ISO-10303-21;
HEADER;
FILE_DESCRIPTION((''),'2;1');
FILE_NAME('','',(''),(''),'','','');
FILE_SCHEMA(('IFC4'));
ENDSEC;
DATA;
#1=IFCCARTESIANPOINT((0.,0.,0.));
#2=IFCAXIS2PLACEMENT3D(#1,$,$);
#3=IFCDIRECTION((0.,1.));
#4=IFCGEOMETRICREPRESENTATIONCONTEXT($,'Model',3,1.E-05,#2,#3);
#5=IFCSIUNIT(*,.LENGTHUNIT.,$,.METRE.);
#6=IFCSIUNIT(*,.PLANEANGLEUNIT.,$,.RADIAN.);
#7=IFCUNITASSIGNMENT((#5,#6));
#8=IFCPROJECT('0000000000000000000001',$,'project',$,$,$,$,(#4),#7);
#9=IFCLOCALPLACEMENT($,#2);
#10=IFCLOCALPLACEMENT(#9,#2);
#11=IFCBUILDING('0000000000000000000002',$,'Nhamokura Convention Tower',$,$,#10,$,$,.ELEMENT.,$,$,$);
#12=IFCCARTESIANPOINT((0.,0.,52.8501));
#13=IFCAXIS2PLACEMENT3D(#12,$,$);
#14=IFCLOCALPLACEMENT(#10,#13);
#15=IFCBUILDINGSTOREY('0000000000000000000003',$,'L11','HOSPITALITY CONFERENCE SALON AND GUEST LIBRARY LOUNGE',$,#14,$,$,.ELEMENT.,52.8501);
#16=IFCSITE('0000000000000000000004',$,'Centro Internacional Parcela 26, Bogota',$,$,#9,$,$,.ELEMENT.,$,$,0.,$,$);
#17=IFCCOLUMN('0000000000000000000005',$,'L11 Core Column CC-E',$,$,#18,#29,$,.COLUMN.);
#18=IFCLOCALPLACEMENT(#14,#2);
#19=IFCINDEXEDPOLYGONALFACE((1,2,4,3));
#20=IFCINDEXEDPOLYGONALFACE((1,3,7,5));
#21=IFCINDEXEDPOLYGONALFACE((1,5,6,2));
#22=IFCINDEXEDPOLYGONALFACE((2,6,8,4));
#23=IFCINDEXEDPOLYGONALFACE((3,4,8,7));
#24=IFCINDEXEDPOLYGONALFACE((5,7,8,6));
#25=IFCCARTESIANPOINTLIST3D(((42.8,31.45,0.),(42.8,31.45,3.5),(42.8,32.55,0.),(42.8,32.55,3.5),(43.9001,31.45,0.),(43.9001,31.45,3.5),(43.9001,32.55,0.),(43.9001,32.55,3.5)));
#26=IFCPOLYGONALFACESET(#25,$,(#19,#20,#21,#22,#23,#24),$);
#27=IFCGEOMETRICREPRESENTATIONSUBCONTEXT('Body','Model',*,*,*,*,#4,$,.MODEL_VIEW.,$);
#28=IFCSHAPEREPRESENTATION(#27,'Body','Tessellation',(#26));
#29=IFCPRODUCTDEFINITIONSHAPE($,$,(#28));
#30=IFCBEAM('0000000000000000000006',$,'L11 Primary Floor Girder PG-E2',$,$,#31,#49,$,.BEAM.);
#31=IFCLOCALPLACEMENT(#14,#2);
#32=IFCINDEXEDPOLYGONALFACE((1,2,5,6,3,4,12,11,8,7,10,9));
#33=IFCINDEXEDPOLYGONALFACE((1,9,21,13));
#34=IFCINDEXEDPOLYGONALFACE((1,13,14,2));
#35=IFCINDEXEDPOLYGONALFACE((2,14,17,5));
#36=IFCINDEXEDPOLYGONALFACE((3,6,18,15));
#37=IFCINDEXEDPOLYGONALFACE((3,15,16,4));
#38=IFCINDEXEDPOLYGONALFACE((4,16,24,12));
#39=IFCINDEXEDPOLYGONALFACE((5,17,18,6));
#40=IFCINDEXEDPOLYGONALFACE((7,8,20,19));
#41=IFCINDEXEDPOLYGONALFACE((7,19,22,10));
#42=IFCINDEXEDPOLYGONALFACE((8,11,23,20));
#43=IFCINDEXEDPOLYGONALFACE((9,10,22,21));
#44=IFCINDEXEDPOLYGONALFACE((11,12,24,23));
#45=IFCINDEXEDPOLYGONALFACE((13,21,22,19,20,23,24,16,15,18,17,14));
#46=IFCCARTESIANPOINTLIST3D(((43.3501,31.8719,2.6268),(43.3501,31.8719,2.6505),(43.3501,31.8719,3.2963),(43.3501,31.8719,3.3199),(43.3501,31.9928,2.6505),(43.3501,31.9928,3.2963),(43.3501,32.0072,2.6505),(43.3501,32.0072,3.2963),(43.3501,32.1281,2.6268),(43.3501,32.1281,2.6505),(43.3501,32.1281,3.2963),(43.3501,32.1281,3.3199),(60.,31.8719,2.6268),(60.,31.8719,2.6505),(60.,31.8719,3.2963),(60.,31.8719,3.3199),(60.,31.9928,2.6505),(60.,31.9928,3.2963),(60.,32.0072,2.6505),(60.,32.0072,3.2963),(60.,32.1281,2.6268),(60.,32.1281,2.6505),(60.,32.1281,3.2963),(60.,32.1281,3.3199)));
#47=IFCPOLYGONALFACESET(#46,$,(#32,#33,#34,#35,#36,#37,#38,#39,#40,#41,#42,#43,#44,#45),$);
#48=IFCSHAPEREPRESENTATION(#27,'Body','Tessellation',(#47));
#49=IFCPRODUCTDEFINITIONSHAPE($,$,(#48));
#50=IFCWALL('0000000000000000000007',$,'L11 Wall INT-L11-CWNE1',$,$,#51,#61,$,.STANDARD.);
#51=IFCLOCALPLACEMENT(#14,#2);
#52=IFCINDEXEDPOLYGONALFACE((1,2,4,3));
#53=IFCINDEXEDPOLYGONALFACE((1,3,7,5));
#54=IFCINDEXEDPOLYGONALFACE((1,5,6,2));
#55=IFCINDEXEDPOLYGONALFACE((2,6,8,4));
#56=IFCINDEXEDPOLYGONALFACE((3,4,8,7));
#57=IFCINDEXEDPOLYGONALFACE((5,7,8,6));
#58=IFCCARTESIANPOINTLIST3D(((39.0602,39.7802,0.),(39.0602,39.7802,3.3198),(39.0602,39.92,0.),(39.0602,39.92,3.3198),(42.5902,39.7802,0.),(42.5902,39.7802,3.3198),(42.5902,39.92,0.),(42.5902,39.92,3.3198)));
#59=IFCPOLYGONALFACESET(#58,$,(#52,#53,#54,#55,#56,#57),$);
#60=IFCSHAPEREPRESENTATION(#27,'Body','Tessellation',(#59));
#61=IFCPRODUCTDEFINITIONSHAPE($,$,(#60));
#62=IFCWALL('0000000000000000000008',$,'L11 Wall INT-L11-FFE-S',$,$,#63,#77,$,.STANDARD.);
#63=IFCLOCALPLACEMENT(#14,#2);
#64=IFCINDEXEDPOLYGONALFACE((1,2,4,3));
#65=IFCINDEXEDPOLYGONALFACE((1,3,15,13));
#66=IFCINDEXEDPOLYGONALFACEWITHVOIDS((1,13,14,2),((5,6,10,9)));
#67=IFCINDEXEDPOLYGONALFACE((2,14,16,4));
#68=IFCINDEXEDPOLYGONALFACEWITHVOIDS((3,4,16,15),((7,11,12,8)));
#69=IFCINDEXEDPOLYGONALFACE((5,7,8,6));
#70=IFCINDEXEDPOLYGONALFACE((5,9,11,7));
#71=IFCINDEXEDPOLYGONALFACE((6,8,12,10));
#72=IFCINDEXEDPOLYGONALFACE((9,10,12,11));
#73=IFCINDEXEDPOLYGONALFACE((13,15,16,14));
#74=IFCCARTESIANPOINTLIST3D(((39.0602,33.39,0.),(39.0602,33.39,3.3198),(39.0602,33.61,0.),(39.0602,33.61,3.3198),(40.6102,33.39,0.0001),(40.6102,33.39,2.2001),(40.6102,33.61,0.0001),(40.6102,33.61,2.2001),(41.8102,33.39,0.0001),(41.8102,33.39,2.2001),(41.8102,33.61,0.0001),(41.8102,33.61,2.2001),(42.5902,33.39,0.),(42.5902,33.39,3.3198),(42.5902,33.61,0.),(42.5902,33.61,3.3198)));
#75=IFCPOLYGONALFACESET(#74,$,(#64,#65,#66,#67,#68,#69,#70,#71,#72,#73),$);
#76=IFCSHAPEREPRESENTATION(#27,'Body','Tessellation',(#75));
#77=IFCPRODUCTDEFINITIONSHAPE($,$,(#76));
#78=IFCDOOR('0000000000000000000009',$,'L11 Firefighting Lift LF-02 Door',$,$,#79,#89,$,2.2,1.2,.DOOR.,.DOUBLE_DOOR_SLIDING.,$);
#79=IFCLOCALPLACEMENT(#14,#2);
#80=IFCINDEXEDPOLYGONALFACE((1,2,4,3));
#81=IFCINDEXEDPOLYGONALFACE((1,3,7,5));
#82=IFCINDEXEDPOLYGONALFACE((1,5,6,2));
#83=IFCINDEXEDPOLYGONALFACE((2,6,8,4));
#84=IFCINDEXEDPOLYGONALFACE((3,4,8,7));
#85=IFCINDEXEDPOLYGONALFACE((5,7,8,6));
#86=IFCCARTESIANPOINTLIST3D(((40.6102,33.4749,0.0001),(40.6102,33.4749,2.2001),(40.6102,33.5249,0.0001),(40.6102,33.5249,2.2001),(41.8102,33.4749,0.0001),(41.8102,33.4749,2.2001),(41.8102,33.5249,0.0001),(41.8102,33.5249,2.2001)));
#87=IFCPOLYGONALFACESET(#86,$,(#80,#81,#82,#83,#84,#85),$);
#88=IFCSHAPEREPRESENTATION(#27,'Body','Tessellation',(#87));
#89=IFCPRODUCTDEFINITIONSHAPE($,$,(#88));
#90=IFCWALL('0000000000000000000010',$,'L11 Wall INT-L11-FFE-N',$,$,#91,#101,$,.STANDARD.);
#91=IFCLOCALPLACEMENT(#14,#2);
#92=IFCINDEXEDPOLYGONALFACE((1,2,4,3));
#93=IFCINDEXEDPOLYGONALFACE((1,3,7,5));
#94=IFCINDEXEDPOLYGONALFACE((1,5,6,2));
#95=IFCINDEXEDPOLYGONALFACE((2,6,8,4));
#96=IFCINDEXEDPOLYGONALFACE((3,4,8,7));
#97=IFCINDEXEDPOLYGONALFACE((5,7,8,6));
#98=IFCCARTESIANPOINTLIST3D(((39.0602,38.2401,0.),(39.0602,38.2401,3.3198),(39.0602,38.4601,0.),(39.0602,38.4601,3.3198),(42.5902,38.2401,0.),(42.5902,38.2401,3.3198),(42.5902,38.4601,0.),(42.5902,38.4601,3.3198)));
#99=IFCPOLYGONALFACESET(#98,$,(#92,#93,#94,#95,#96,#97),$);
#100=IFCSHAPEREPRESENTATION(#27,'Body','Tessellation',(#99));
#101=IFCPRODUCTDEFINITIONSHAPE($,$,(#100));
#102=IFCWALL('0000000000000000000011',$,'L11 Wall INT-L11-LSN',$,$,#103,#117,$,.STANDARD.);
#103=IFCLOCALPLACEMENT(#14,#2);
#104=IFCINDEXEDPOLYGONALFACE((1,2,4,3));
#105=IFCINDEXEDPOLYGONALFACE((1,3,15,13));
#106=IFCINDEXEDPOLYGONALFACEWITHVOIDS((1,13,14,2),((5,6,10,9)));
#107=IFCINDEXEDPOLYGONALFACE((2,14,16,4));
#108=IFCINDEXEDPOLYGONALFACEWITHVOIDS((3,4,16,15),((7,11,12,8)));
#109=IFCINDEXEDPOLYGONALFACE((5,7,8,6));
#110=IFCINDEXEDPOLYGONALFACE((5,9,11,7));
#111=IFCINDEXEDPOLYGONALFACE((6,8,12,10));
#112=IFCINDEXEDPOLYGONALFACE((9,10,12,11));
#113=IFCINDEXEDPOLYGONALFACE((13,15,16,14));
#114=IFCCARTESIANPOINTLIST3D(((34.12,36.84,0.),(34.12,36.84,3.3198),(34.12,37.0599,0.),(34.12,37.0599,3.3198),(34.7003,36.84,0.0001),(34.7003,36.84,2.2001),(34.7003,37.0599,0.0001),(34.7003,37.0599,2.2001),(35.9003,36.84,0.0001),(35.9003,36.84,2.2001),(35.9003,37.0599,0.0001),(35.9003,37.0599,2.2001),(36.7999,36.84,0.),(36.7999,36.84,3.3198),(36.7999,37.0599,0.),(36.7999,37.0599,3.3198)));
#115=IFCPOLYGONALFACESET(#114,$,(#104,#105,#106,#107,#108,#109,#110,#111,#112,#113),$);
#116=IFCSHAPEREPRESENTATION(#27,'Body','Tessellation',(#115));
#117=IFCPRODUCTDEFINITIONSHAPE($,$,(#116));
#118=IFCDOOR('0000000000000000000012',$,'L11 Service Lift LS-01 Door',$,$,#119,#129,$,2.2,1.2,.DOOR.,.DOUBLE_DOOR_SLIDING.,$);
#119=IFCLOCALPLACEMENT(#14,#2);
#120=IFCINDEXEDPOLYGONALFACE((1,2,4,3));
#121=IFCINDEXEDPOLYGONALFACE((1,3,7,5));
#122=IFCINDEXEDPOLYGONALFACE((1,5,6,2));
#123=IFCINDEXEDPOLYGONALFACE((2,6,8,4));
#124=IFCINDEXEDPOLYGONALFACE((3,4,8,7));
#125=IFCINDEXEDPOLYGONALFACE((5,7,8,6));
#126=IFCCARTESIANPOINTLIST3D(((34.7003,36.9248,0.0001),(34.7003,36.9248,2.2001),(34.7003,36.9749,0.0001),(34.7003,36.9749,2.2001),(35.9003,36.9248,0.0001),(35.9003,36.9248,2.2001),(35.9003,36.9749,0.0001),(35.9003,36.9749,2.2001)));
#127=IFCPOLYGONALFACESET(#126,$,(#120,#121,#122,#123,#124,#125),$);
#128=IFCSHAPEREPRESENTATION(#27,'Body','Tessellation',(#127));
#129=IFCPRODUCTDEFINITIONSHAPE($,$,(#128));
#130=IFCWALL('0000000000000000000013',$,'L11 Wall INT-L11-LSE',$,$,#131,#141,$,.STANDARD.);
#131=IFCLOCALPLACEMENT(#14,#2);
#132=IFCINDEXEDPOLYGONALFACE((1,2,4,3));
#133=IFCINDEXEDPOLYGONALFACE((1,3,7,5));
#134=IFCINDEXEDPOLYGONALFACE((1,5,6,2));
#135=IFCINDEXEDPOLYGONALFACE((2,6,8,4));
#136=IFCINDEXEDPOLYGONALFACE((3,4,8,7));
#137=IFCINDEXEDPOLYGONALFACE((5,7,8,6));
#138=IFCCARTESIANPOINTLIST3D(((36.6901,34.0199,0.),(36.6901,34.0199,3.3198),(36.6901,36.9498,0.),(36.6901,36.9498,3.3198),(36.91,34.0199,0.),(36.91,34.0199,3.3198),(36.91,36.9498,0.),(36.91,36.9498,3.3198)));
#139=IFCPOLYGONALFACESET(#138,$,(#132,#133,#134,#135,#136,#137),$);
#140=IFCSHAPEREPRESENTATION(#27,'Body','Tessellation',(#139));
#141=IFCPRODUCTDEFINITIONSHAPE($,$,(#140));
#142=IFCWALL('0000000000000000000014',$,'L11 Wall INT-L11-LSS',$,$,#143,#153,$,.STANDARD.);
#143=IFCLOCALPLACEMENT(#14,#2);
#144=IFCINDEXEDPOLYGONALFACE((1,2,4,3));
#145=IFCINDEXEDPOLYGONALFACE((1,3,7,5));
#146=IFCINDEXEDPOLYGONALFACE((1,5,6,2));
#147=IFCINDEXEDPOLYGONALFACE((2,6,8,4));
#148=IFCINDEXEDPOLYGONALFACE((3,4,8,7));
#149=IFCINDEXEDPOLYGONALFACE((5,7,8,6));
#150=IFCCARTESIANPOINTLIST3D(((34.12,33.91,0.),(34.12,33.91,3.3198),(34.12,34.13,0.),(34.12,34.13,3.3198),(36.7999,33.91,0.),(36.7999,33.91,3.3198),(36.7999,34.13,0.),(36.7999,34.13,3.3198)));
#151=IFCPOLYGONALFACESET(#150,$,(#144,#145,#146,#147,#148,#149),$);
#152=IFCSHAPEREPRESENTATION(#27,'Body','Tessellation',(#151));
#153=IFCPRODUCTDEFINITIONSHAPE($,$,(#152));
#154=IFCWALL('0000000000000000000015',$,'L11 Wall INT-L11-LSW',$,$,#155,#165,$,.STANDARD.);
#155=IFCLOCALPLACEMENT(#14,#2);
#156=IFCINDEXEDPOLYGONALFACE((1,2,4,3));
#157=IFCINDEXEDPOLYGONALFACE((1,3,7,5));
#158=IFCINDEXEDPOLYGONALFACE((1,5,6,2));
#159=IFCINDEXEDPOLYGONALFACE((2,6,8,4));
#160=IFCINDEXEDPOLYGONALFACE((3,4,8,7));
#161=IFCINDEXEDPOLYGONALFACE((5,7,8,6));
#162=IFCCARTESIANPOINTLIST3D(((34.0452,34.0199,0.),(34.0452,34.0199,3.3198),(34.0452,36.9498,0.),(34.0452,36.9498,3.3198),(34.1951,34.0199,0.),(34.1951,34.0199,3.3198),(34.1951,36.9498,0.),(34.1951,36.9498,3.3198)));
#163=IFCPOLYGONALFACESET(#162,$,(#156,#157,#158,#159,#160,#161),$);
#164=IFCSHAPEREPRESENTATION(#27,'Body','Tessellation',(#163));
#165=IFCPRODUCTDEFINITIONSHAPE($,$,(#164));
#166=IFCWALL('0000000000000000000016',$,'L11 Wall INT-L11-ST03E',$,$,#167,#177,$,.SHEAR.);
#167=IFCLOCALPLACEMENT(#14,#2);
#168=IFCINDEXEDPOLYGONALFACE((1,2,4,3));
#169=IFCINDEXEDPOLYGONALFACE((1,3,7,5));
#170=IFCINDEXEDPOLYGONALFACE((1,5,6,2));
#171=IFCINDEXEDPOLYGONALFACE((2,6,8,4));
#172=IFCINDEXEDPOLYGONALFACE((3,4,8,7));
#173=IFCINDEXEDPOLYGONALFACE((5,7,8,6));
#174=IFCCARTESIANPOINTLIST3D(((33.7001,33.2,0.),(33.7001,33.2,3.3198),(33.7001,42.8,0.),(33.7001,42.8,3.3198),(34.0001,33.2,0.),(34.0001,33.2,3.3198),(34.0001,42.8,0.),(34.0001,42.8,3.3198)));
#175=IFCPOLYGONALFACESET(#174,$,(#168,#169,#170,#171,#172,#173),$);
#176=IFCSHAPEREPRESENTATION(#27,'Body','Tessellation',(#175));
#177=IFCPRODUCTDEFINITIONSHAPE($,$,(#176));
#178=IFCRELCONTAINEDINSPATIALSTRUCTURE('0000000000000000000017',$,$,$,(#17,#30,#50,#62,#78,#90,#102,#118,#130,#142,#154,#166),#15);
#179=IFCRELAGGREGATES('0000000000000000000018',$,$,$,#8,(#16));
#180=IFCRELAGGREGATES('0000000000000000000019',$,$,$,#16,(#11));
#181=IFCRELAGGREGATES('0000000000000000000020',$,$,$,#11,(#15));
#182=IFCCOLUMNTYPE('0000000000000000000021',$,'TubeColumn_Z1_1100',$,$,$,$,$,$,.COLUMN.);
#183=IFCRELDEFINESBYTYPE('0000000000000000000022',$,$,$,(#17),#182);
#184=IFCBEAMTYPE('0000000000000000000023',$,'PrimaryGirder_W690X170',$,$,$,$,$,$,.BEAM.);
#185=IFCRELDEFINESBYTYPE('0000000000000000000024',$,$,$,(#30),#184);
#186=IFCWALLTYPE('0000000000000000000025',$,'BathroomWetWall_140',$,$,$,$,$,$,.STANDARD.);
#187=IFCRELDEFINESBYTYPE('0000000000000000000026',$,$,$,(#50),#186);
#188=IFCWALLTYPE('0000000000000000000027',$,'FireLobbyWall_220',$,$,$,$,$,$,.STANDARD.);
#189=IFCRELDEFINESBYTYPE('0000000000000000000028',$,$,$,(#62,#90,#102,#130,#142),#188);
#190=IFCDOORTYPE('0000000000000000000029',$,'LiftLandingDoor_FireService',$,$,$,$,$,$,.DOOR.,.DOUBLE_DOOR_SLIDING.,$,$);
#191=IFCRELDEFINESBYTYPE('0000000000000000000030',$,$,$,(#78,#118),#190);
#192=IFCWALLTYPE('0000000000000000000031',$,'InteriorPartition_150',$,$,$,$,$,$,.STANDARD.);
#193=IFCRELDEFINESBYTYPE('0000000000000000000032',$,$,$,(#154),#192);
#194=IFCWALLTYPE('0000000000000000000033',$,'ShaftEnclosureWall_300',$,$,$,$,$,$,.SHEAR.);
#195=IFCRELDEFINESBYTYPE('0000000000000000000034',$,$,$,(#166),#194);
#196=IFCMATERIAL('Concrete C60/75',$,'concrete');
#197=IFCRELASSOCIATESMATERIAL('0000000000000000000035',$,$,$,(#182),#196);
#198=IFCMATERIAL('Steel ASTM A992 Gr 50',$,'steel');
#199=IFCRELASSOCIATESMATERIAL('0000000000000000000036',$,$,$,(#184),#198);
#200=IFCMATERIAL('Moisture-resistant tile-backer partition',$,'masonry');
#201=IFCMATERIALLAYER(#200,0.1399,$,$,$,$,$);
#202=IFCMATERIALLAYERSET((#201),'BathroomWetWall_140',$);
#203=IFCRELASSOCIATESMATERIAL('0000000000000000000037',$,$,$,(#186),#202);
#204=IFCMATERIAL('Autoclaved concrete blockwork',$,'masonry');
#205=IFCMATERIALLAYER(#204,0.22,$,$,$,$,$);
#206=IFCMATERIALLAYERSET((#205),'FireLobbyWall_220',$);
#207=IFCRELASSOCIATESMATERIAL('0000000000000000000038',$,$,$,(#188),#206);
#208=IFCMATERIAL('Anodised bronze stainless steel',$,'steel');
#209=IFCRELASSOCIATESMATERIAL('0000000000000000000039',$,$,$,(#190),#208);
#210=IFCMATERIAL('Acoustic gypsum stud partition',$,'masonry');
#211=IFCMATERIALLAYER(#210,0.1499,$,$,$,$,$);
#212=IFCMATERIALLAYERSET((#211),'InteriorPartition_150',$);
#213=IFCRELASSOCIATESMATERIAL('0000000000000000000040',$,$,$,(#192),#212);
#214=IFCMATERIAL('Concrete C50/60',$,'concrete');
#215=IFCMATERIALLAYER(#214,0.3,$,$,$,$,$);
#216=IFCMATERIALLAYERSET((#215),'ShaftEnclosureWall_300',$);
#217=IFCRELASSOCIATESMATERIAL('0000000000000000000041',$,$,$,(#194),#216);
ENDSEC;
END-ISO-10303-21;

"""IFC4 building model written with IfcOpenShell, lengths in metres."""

from ifc_helpers import new_model, si_unit, direction, frame, frame_2d, origin, origin_2d, place, context, subcontext, project, spatial, rectangle, i_section, extrude, material, layer, layer_set, material_profile, profile_set, type_object, element, fill, save


model = new_model("IFC4")

# Units and contexts
model_context = context("Model", 3, precision=1e-05, world=origin(), true_north=direction((0.0, 1.0)))
body_context = subcontext(model_context, "Body", "Model", "MODEL_VIEW")
ifc_project = project(units=[si_unit("LENGTHUNIT", "METRE"), si_unit("PLANEANGLEUNIT", "RADIAN")], contexts=[model_context])

# Site, building, storey
site_placement = place(None, origin())
site = spatial("IfcSite", under=ifc_project, at=site_placement, Name="Centro Internacional Parcela 26, Bogota", CompositionType="ELEMENT", RefElevation=0.0)
building_placement = place(site_placement, origin())
building = spatial("IfcBuilding", under=site, at=building_placement, Name="Nhamokura Convention Tower", CompositionType="ELEMENT")
storey_placement = place(building_placement, frame((0.0, 0.0, 52.8501)))
storey = spatial("IfcBuildingStorey", under=building, at=storey_placement, Name="L11", Description="HOSPITALITY CONFERENCE SALON AND GUEST LIBRARY LOUNGE", CompositionType="ELEMENT", Elevation=52.8501)

# Column
ifc_material_1 = material(Name="Concrete C60/75", Category="concrete")
ifc_material_profile_1 = material_profile(ifc_material_1, rectangle(XDim=1.1001, YDim=1.1001, at=origin_2d()))
ifc_profile_set_1 = profile_set([ifc_material_profile_1], Name="Concrete C60/75")
column_type = type_object("IfcColumnType", Name="TubeColumn_Z1_1100", PredefinedType="COLUMN", material=ifc_profile_set_1)
column_placement = place(storey_placement, frame((43.3501, 32.0, 0.0), z_axis=(0.0, 0.0, 1.0), x_axis=(1.0, 0.0, 0.0)))
element("IfcColumn", 1, at=column_placement, inside=storey, type_object=column_type, Name="L11 Core Column CC-E", PredefinedType="COLUMN", context=body_context, shape_type="SweptSolid", body=[
    extrude(rectangle(XDim=1.1001, YDim=1.1001, at=origin_2d()), origin(), (0.0, 0.0, 1.0), 3.5),
])

# Beam
ifc_material_2 = material(Name="Steel ASTM A992 Gr 50", Category="steel")
ifc_material_profile_2 = material_profile(ifc_material_2, i_section(OverallWidth=0.2561, OverallDepth=0.6931, WebThickness=0.0144, FlangeThickness=0.0237, at=origin_2d()))
ifc_profile_set_2 = profile_set([ifc_material_profile_2], Name="Steel ASTM A992 Gr 50")
beam_type = type_object("IfcBeamType", Name="PrimaryGirder_W690X170", PredefinedType="BEAM", material=ifc_profile_set_2)
beam_placement = place(storey_placement, frame((43.3501, 32.0, 2.9734), z_axis=(1.0, 0.0, 0.0), x_axis=(0.0, 1.0, 0.0)))
element("IfcBeam", 2, at=beam_placement, inside=storey, type_object=beam_type, Name="L11 Primary Floor Girder PG-E2", PredefinedType="BEAM", context=body_context, shape_type="SweptSolid", body=[
    extrude(i_section(OverallWidth=0.2561, OverallDepth=0.6931, WebThickness=0.0144, FlangeThickness=0.0237, at=origin_2d()), origin(), (0.0, 0.0, 1.0), 16.6499),
])

# Wall
ifc_material_3 = material(Name="Moisture-resistant tile-backer partition", Category="masonry")
ifc_layer_1 = layer(ifc_material_3, 0.1399)
ifc_layer_set_1 = layer_set([ifc_layer_1], Name="BathroomWetWall_140")
wall_type_1 = type_object("IfcWallType", Name="BathroomWetWall_140", PredefinedType="STANDARD", material=ifc_layer_set_1)
wall_1_placement = place(storey_placement, frame((39.0601, 39.8501, 0.0), z_axis=(0.0, 0.0, 1.0), x_axis=(1.0, 0.0, 0.0)))
element("IfcWall", 3, at=wall_1_placement, inside=storey, type_object=wall_type_1, Name="L11 Wall INT-L11-CWNE1", PredefinedType="STANDARD", context=body_context, shape_type="SweptSolid", body=[
    extrude(rectangle(XDim=3.53, YDim=0.1399, at=frame_2d((1.7651, 0.0))), origin(), (0.0, 0.0, 1.0), 3.3198),
])

# Wall, opening, door
ifc_material_4 = material(Name="Autoclaved concrete blockwork", Category="masonry")
ifc_layer_2 = layer(ifc_material_4, 0.22)
ifc_layer_set_2 = layer_set([ifc_layer_2], Name="FireLobbyWall_220")
wall_type_2 = type_object("IfcWallType", Name="FireLobbyWall_220", PredefinedType="STANDARD", material=ifc_layer_set_2)
wall_2_placement = place(storey_placement, frame((39.0601, 33.5, 0.0), z_axis=(0.0, 0.0, 1.0), x_axis=(1.0, 0.0, 0.0)))
wall_2 = element("IfcWall", 4, at=wall_2_placement, inside=storey, type_object=wall_type_2, Name="L11 Wall INT-L11-FFE-S", PredefinedType="STANDARD", context=body_context, shape_type="SweptSolid", body=[
    extrude(rectangle(XDim=3.53, YDim=0.22, at=frame_2d((1.7651, 0.0))), origin(), (0.0, 0.0, 1.0), 3.3198),
])
opening_1_placement = place(wall_2_placement, frame((1.55, 0.0, 0.0)))
opening_1 = element("IfcOpeningElement", 5, at=opening_1_placement, cuts=wall_2, PredefinedType="OPENING", context=body_context, shape_type="SweptSolid", body=[
    extrude(rectangle(XDim=1.2, YDim=2.2, at=frame_2d((0.6001, 1.1001))), frame((0.0, 0.1199, 0.0), z_axis=(0.0, -1.0, 0.0), x_axis=(1.0, 0.0, 0.0)), (0.0, 0.0, 1.0), 0.24),
])
ifc_material_5 = material(Name="Anodised bronze stainless steel", Category="steel")
door_type = type_object("IfcDoorType", Name="LiftLandingDoor_FireService", OperationType="DOUBLE_DOOR_SLIDING", PredefinedType="DOOR", material=ifc_material_5)
door_1_placement = place(opening_1_placement, origin())
door_1 = element("IfcDoor", 6, at=door_1_placement, inside=storey, type_object=door_type, Name="L11 Firefighting Lift LF-02 Door", OperationType="DOUBLE_DOOR_SLIDING", OverallHeight=2.2, OverallWidth=1.2, PredefinedType="DOOR", context=body_context, shape_type="SweptSolid", body=[
    extrude(rectangle(XDim=1.2, YDim=2.2, at=frame_2d((0.6001, 1.1001))), frame((0.0, 0.0249, 0.0), z_axis=(0.0, -1.0, 0.0), x_axis=(1.0, 0.0, 0.0)), (0.0, 0.0, 1.0), 0.05),
])
fill(opening_1, door_1)

# Wall
wall_3_placement = place(storey_placement, frame((39.0601, 38.3501, 0.0), z_axis=(0.0, 0.0, 1.0), x_axis=(1.0, 0.0, 0.0)))
element("IfcWall", 7, at=wall_3_placement, inside=storey, type_object=wall_type_2, Name="L11 Wall INT-L11-FFE-N", PredefinedType="STANDARD", context=body_context, shape_type="SweptSolid", body=[
    extrude(rectangle(XDim=3.53, YDim=0.22, at=frame_2d((1.7651, 0.0))), origin(), (0.0, 0.0, 1.0), 3.3198),
])

# Wall, opening, door
wall_4_placement = place(storey_placement, frame((34.1201, 36.95, 0.0), z_axis=(0.0, 0.0, 1.0), x_axis=(1.0, 0.0, 0.0)))
wall_4 = element("IfcWall", 8, at=wall_4_placement, inside=storey, type_object=wall_type_2, Name="L11 Wall INT-L11-LSN", PredefinedType="STANDARD", context=body_context, shape_type="SweptSolid", body=[
    extrude(rectangle(XDim=2.6799, YDim=0.22, at=frame_2d((1.3398, 0.0))), origin(), (0.0, 0.0, 1.0), 3.3198),
])
opening_2_placement = place(wall_4_placement, frame((0.5801, 0.0, 0.0)))
opening_2 = element("IfcOpeningElement", 9, at=opening_2_placement, cuts=wall_4, PredefinedType="OPENING", context=body_context, shape_type="SweptSolid", body=[
    extrude(rectangle(XDim=1.2, YDim=2.2, at=frame_2d((0.6001, 1.1001))), frame((0.0, 0.1199, 0.0), z_axis=(0.0, -1.0, 0.0), x_axis=(1.0, 0.0, 0.0)), (0.0, 0.0, 1.0), 0.24),
])
door_2_placement = place(opening_2_placement, origin())
door_2 = element("IfcDoor", 10, at=door_2_placement, inside=storey, type_object=door_type, Name="L11 Service Lift LS-01 Door", OperationType="DOUBLE_DOOR_SLIDING", OverallHeight=2.2, OverallWidth=1.2, PredefinedType="DOOR", context=body_context, shape_type="SweptSolid", body=[
    extrude(rectangle(XDim=1.2, YDim=2.2, at=frame_2d((0.6001, 1.1001))), frame((0.0, 0.0249, 0.0), z_axis=(0.0, -1.0, 0.0), x_axis=(1.0, 0.0, 0.0)), (0.0, 0.0, 1.0), 0.05),
])
fill(opening_2, door_2)

# Walls
wall_5_placement = place(storey_placement, frame((36.8, 34.02, 0.0), z_axis=(0.0, 0.0, 1.0), x_axis=(0.0, 1.0, 0.0)))
element("IfcWall", 11, at=wall_5_placement, inside=storey, type_object=wall_type_2, Name="L11 Wall INT-L11-LSE", PredefinedType="STANDARD", context=body_context, shape_type="SweptSolid", body=[
    extrude(rectangle(XDim=2.9299, YDim=0.22, at=frame_2d((1.4648, 0.0))), origin(), (0.0, 0.0, 1.0), 3.3198),
])
wall_6_placement = place(storey_placement, frame((34.1201, 34.02, 0.0), z_axis=(0.0, 0.0, 1.0), x_axis=(1.0, 0.0, 0.0)))
element("IfcWall", 12, at=wall_6_placement, inside=storey, type_object=wall_type_2, Name="L11 Wall INT-L11-LSS", PredefinedType="STANDARD", context=body_context, shape_type="SweptSolid", body=[
    extrude(rectangle(XDim=2.6799, YDim=0.22, at=frame_2d((1.3398, 0.0))), origin(), (0.0, 0.0, 1.0), 3.3198),
])
ifc_material_6 = material(Name="Acoustic gypsum stud partition", Category="masonry")
ifc_layer_3 = layer(ifc_material_6, 0.1499)
ifc_layer_set_3 = layer_set([ifc_layer_3], Name="InteriorPartition_150")
wall_type_3 = type_object("IfcWallType", Name="InteriorPartition_150", PredefinedType="STANDARD", material=ifc_layer_set_3)
wall_7_placement = place(storey_placement, frame((34.1201, 34.02, 0.0), z_axis=(0.0, 0.0, 1.0), x_axis=(0.0, 1.0, 0.0)))
element("IfcWall", 13, at=wall_7_placement, inside=storey, type_object=wall_type_3, Name="L11 Wall INT-L11-LSW", PredefinedType="STANDARD", context=body_context, shape_type="SweptSolid", body=[
    extrude(rectangle(XDim=2.9299, YDim=0.1499, at=frame_2d((1.4648, 0.0))), origin(), (0.0, 0.0, 1.0), 3.3198),
])
ifc_material_7 = material(Name="Concrete C50/60", Category="concrete")
ifc_layer_4 = layer(ifc_material_7, 0.3)
ifc_layer_set_4 = layer_set([ifc_layer_4], Name="ShaftEnclosureWall_300")
wall_type_4 = type_object("IfcWallType", Name="ShaftEnclosureWall_300", PredefinedType="SHEAR", material=ifc_layer_set_4)
wall_8_placement = place(storey_placement, frame((33.8501, 33.2, 0.0), z_axis=(0.0, 0.0, 1.0), x_axis=(0.0, 1.0, 0.0)))
element("IfcWall", 14, at=wall_8_placement, inside=storey, type_object=wall_type_4, Name="L11 Wall INT-L11-ST03E", PredefinedType="SHEAR", context=body_context, shape_type="SweptSolid", body=[
    extrude(rectangle(XDim=9.6001, YDim=0.3, at=frame_2d((4.8, 0.0))), origin(), (0.0, 0.0, 1.0), 3.3198),
])

save(model, "model.ifc")
